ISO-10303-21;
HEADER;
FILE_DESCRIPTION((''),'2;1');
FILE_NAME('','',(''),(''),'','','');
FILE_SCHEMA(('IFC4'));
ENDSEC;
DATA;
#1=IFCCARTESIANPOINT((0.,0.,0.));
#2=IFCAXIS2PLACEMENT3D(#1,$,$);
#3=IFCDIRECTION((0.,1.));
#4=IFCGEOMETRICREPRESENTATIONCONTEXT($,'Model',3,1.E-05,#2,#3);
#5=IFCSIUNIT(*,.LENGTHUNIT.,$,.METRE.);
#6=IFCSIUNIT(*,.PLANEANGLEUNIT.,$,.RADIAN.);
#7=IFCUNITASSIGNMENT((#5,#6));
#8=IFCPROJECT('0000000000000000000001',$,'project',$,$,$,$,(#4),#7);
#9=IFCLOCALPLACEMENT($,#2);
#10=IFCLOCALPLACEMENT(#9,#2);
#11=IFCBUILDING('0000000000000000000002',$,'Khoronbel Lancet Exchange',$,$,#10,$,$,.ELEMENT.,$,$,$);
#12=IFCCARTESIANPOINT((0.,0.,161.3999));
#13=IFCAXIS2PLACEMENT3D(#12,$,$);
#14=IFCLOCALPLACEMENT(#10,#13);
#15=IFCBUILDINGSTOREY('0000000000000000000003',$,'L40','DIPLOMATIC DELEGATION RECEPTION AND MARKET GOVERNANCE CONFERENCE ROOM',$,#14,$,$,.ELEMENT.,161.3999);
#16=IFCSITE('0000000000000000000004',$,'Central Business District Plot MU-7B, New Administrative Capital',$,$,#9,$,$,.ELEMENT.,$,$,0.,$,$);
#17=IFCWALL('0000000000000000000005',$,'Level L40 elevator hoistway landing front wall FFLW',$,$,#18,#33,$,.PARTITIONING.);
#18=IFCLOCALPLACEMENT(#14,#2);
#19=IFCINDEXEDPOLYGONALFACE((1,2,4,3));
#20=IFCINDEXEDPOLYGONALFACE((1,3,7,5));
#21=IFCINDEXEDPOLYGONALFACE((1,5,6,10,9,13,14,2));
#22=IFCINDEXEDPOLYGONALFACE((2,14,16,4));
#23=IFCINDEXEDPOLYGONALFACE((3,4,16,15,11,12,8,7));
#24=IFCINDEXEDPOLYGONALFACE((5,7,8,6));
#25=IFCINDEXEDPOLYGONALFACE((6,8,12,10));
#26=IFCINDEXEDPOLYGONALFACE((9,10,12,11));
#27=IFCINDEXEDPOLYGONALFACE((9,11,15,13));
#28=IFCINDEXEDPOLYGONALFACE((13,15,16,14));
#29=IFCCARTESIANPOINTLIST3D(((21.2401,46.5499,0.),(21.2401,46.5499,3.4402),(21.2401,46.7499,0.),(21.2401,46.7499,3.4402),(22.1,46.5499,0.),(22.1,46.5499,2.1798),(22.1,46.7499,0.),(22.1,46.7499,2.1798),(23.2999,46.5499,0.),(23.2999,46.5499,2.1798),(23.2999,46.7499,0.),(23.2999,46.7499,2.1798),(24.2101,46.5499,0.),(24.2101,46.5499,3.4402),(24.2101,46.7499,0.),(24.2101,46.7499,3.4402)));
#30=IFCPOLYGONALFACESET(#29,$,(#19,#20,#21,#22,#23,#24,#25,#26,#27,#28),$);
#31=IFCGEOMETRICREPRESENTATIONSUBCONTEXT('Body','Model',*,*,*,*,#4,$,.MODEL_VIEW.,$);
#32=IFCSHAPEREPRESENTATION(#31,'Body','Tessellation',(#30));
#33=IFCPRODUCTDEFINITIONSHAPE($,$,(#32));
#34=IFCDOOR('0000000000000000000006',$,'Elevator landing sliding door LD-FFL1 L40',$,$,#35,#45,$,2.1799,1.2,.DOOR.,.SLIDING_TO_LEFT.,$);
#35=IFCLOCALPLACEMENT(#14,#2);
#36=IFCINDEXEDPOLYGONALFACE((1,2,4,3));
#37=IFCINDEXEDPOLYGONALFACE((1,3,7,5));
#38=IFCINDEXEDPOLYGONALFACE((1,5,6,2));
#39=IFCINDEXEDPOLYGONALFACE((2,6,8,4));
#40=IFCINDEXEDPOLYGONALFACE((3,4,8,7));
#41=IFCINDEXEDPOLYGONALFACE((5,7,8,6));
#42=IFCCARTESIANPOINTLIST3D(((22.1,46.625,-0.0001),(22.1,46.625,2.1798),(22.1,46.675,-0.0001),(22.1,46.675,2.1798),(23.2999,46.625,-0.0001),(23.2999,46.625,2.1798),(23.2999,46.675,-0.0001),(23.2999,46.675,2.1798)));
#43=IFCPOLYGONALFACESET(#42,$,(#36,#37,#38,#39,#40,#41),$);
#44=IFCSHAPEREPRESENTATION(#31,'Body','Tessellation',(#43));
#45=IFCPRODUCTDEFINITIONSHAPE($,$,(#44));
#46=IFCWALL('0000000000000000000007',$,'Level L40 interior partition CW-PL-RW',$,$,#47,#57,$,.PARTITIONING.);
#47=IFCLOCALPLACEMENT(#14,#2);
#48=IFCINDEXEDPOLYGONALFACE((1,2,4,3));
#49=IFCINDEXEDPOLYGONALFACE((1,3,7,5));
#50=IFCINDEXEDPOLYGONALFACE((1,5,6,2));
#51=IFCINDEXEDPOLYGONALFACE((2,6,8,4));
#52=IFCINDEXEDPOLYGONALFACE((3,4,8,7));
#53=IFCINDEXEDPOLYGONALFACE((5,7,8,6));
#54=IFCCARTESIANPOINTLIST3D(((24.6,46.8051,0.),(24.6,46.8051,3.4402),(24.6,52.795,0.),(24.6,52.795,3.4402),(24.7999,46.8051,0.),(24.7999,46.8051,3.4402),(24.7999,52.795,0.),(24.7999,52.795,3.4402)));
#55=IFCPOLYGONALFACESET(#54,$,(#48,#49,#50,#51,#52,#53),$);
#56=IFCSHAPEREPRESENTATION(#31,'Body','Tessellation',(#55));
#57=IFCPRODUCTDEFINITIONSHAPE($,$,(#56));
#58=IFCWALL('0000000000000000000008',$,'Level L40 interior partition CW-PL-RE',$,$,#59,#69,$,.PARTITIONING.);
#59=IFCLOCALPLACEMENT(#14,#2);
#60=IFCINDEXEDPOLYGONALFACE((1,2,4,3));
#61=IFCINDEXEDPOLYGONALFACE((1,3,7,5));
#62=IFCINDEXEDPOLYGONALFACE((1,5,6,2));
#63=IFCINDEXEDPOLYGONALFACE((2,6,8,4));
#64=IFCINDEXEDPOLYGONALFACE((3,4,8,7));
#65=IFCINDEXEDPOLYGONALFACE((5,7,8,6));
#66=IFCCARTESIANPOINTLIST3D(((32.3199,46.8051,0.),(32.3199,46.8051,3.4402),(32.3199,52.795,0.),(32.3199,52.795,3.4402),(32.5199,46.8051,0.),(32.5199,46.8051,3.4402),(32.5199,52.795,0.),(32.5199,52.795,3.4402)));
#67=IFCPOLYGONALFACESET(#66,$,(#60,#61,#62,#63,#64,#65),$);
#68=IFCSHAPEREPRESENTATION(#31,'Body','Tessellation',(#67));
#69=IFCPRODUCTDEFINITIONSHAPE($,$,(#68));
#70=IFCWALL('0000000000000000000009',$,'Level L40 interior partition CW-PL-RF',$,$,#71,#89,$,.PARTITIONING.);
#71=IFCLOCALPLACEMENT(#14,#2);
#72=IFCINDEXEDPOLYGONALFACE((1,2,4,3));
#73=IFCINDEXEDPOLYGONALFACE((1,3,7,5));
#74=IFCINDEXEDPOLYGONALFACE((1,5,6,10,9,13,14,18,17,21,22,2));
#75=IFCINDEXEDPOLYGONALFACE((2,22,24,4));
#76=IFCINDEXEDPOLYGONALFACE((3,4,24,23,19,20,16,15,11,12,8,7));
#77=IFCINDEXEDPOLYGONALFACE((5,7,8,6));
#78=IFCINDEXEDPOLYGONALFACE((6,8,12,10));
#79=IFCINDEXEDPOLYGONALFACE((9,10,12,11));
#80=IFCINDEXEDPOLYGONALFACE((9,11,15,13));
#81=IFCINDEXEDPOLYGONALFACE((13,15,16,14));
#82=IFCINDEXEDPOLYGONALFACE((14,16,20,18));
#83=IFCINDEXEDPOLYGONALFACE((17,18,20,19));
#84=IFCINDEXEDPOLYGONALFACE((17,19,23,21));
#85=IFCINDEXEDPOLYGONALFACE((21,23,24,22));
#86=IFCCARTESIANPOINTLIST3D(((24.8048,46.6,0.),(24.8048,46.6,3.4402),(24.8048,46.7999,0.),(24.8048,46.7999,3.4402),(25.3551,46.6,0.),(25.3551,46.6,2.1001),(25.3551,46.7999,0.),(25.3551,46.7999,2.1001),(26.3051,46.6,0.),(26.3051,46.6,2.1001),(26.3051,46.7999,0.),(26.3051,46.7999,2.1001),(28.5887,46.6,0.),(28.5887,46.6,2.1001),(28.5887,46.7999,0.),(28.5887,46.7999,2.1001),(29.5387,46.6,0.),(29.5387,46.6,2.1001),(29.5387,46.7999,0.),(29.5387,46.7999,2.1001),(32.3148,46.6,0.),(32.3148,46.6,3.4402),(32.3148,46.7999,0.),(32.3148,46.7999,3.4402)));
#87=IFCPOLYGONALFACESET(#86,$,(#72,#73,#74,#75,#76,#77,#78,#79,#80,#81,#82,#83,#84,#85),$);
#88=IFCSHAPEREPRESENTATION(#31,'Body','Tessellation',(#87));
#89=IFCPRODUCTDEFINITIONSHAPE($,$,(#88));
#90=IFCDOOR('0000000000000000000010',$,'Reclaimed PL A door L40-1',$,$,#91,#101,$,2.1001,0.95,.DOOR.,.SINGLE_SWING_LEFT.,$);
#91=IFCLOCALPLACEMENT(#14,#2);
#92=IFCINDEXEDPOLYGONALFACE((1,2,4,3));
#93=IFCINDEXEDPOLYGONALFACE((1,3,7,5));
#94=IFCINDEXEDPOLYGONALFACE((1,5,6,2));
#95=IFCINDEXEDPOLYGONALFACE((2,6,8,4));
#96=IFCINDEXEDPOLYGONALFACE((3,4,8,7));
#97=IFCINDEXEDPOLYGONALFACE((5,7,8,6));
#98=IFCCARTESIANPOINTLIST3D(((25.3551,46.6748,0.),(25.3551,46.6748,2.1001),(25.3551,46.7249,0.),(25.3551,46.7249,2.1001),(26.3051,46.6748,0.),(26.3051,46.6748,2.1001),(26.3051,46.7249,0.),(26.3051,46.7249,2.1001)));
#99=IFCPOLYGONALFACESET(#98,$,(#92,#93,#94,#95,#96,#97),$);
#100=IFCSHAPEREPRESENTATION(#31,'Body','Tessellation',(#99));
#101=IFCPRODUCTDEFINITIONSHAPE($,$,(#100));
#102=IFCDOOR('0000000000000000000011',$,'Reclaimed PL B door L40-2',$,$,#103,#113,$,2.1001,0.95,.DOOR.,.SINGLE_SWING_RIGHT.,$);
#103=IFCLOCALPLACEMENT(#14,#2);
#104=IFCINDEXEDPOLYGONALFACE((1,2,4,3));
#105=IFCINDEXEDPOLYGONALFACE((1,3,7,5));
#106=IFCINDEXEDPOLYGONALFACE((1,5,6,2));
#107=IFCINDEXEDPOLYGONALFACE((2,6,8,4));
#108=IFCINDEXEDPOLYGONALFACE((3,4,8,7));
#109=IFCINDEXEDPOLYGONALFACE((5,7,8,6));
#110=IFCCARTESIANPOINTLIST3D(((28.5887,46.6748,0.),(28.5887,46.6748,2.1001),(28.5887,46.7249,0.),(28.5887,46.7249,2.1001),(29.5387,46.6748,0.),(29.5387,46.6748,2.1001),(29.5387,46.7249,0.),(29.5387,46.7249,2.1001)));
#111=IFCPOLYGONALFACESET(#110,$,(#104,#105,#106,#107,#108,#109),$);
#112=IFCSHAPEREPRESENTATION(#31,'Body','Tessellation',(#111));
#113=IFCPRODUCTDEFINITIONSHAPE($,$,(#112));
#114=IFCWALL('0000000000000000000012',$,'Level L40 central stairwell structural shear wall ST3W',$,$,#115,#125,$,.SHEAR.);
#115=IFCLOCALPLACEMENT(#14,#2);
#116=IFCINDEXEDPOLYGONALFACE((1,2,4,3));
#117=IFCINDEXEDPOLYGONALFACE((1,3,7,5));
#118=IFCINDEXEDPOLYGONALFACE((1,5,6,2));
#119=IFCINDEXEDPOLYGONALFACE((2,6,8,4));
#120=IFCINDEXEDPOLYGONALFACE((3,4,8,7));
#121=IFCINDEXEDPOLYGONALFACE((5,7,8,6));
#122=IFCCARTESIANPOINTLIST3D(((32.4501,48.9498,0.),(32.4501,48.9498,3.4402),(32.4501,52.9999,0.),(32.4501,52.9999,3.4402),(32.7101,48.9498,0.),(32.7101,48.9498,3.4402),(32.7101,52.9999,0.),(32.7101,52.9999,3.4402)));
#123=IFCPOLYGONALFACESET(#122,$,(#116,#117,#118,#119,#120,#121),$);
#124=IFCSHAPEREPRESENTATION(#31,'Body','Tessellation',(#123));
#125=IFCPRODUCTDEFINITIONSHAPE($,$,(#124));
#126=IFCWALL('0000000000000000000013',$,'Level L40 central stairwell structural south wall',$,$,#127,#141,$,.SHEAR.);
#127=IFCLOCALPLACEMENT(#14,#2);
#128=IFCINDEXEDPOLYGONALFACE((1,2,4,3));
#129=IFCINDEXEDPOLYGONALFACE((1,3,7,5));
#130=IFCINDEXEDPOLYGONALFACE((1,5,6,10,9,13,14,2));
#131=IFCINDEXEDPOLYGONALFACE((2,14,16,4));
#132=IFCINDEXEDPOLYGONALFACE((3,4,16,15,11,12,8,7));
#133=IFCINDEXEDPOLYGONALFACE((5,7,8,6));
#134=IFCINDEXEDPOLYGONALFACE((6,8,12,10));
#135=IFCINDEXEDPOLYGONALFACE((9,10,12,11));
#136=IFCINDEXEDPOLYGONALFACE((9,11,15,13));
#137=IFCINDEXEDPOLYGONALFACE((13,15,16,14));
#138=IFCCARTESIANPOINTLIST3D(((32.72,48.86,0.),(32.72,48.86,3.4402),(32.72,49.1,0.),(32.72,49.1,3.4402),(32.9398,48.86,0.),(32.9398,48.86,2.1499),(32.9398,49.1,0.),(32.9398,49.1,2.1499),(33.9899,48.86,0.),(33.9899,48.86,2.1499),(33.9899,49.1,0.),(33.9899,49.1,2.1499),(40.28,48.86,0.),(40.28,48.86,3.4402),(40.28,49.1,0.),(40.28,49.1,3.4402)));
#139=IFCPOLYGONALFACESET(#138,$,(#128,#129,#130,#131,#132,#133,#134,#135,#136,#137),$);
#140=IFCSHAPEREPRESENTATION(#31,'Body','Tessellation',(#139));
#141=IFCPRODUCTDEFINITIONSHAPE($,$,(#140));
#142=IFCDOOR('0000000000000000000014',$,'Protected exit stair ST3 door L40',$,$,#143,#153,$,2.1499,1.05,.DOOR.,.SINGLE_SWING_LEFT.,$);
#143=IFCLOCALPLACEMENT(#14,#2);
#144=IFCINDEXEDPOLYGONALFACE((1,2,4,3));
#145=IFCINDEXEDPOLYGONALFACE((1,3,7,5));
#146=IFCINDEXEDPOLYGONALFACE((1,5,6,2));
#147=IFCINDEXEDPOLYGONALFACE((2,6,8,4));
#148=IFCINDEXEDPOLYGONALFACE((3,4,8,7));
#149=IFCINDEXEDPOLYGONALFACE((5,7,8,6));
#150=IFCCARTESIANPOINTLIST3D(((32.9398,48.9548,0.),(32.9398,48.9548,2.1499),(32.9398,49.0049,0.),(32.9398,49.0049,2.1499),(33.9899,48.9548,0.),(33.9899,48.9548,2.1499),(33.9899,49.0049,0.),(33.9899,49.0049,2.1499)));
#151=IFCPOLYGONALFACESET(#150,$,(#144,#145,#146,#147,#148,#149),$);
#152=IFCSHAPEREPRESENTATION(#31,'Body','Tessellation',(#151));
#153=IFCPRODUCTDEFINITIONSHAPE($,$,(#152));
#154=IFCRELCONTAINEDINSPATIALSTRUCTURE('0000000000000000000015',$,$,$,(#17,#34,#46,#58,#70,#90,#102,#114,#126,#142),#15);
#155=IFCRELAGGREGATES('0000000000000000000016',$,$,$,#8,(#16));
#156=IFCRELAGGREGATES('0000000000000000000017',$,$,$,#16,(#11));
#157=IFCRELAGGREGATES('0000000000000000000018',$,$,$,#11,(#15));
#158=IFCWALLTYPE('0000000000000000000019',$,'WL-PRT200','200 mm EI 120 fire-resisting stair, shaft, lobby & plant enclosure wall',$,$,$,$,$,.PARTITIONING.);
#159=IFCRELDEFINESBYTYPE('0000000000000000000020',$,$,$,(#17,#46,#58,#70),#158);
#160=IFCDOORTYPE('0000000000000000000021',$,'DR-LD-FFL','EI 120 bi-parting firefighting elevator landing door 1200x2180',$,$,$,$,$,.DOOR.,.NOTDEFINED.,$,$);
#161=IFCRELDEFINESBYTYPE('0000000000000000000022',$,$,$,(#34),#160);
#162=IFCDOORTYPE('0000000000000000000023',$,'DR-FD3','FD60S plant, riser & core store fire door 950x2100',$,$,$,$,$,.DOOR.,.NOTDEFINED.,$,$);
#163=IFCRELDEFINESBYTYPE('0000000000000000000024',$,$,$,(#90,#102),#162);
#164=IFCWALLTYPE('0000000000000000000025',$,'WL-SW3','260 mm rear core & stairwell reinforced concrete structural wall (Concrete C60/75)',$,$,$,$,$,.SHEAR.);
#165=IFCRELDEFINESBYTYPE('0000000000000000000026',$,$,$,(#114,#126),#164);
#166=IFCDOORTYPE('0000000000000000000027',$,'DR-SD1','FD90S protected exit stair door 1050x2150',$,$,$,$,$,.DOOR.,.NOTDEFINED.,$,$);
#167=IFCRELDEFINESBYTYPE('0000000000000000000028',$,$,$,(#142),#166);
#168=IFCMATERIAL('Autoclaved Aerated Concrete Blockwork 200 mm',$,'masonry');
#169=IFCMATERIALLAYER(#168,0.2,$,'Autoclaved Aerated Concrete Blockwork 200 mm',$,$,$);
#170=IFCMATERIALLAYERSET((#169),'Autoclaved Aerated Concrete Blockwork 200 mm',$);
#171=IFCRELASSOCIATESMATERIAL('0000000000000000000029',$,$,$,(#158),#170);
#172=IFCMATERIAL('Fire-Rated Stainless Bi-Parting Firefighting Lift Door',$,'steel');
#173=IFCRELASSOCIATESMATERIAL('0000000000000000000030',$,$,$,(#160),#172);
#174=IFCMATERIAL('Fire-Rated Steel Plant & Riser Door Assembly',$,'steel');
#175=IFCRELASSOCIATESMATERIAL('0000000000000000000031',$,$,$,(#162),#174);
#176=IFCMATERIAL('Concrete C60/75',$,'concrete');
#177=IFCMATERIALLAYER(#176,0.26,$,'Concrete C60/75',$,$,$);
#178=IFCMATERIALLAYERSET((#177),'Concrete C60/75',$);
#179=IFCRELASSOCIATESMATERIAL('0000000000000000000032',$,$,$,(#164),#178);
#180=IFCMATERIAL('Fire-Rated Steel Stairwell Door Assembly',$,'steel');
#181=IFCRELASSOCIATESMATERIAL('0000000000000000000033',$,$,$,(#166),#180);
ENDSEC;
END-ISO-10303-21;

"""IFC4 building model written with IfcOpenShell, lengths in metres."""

from ifc_helpers import new_model, si_unit, direction, frame, frame_2d, origin, place, context, subcontext, project, spatial, rectangle, extrude, material, layer, layer_set, type_object, element, fill, save


model = new_model("IFC4")

# Units and contexts
model_context = context("Model", 3, precision=1e-05, world=origin(), true_north=direction((0.0, 1.0)))
body_context = subcontext(model_context, "Body", "Model", "MODEL_VIEW")
ifc_project = project(units=[si_unit("LENGTHUNIT", "METRE"), si_unit("PLANEANGLEUNIT", "RADIAN")], contexts=[model_context])

# Site, building, storey
site_placement = place(None, origin())
site = spatial("IfcSite", under=ifc_project, at=site_placement, Name="Central Business District Plot MU-7B, New Administrative Capital", CompositionType="ELEMENT", RefElevation=0.0)
building_placement = place(site_placement, origin())
building = spatial("IfcBuilding", under=site, at=building_placement, Name="Khoronbel Lancet Exchange", CompositionType="ELEMENT")
storey_placement = place(building_placement, frame((0.0, 0.0, 161.3999)))
storey = spatial("IfcBuildingStorey", under=building, at=storey_placement, Name="L40", Description="DIPLOMATIC DELEGATION RECEPTION AND MARKET GOVERNANCE CONFERENCE ROOM", CompositionType="ELEMENT", Elevation=161.3999)

# Shared definitions
ifc_material_1 = material(Name="Autoclaved Aerated Concrete Blockwork 200 mm", Category="masonry")
ifc_layer_1 = layer(ifc_material_1, 0.2, Name="Autoclaved Aerated Concrete Blockwork 200 mm")
ifc_layer_set_1 = layer_set([ifc_layer_1], Name="Autoclaved Aerated Concrete Blockwork 200 mm")
wall_type_1 = type_object("IfcWallType", Name="WL-PRT200", Description="200 mm EI 120 fire-resisting stair, shaft, lobby & plant enclosure wall", PredefinedType="PARTITIONING", material=ifc_layer_set_1)

# Wall, opening, door
wall_1_placement = place(storey_placement, frame((24.21, 46.6499, 0.0), z_axis=(0.0, 0.0, 1.0), x_axis=(-1.0, 0.0, 0.0)))
wall_1 = element("IfcWall", 1, at=wall_1_placement, inside=storey, type_object=wall_type_1, Name="Level L40 elevator hoistway landing front wall FFLW", PredefinedType="PARTITIONING", context=body_context, shape_type="SweptSolid", body=[
    extrude(rectangle(XDim=2.97, YDim=0.2, at=frame_2d((1.4849, 0.0))), origin(), (0.0, 0.0, 1.0), 3.4402),
])
opening_1_placement = place(wall_1_placement, frame((0.9099, 0.0, 0.0)))
opening_1 = element("IfcOpeningElement", 2, at=opening_1_placement, cuts=wall_1, PredefinedType="OPENING", context=body_context, shape_type="SweptSolid", body=[
    extrude(rectangle(XDim=1.2, YDim=2.1799, at=frame_2d((0.6001, 1.0898))), frame((0.0, 0.1099, 0.0), z_axis=(0.0, -1.0, 0.0), x_axis=(1.0, 0.0, 0.0)), (0.0, 0.0, 1.0), 0.22),
])
ifc_material_2 = material(Name="Fire-Rated Stainless Bi-Parting Firefighting Lift Door", Category="steel")
door_type_1 = type_object("IfcDoorType", Name="DR-LD-FFL", Description="EI 120 bi-parting firefighting elevator landing door 1200x2180", OperationType="NOTDEFINED", PredefinedType="DOOR", material=ifc_material_2)
door_1_placement = place(opening_1_placement, origin())
door_1 = element("IfcDoor", 3, at=door_1_placement, inside=storey, type_object=door_type_1, Name="Elevator landing sliding door LD-FFL1 L40", OperationType="SLIDING_TO_LEFT", OverallHeight=2.1799, OverallWidth=1.2, PredefinedType="DOOR", context=body_context, shape_type="SweptSolid", body=[
    extrude(rectangle(XDim=1.2, YDim=2.1799, at=frame_2d((0.6001, 1.0898))), frame((0.0, 0.0249, 0.0), z_axis=(0.0, -1.0, 0.0), x_axis=(1.0, 0.0, 0.0)), (0.0, 0.0, 1.0), 0.05),
])
fill(opening_1, door_1)

# Walls
for number, where, z_axis, x_axis, name in (
    (4, (24.7, 46.8049, 0.0), (0.0, 0.0, 1.0), (0.0, 1.0, 0.0), "Level L40 interior partition CW-PL-RW"),
    (5, (32.4199, 46.8049, 0.0), (0.0, 0.0, 1.0), (0.0, 1.0, 0.0), "Level L40 interior partition CW-PL-RE"),
):
    element("IfcWall", number, at=place(storey_placement, frame(where, z_axis=z_axis, x_axis=x_axis)), inside=storey, type_object=wall_type_1, Name=name, PredefinedType="PARTITIONING", context=body_context, shape_type="SweptSolid", body=[
        extrude(rectangle(XDim=5.99, YDim=0.2, at=frame_2d((2.9951, 0.0))), origin(), (0.0, 0.0, 1.0), 3.4402),
    ])

# Wall, openings, doors
wall_2_placement = place(storey_placement, frame((24.8049, 46.7, 0.0), z_axis=(0.0, 0.0, 1.0), x_axis=(1.0, 0.0, 0.0)))
wall_2 = element("IfcWall", 6, at=wall_2_placement, inside=storey, type_object=wall_type_1, Name="Level L40 interior partition CW-PL-RF", PredefinedType="PARTITIONING", context=body_context, shape_type="SweptSolid", body=[
    extrude(rectangle(XDim=7.51, YDim=0.2, at=frame_2d((3.7549, 0.0))), origin(), (0.0, 0.0, 1.0), 3.4402),
])
opening_2_placement = place(wall_2_placement, frame((0.55, 0.0, 0.0)))
opening_2 = element("IfcOpeningElement", 7, at=opening_2_placement, cuts=wall_2, PredefinedType="OPENING", context=body_context, shape_type="SweptSolid", body=[
    extrude(rectangle(XDim=0.95, YDim=2.1001, at=frame_2d((0.4751, 1.05))), frame((0.0, 0.1099, 0.0), z_axis=(0.0, -1.0, 0.0), x_axis=(1.0, 0.0, 0.0)), (0.0, 0.0, 1.0), 0.22),
])
opening_3_placement = place(wall_2_placement, frame((3.7837, 0.0, 0.0)))
opening_3 = element("IfcOpeningElement", 8, at=opening_3_placement, cuts=wall_2, PredefinedType="OPENING", context=body_context, shape_type="SweptSolid", body=[
    extrude(rectangle(XDim=0.95, YDim=2.1001, at=frame_2d((0.4751, 1.05))), frame((0.0, 0.1099, 0.0), z_axis=(0.0, -1.0, 0.0), x_axis=(1.0, 0.0, 0.0)), (0.0, 0.0, 1.0), 0.22),
])
ifc_material_3 = material(Name="Fire-Rated Steel Plant & Riser Door Assembly", Category="steel")
door_type_2 = type_object("IfcDoorType", Name="DR-FD3", Description="FD60S plant, riser & core store fire door 950x2100", OperationType="NOTDEFINED", PredefinedType="DOOR", material=ifc_material_3)
door_2_placement = place(opening_2_placement, origin())
door_2 = element("IfcDoor", 9, at=door_2_placement, inside=storey, type_object=door_type_2, Name="Reclaimed PL A door L40-1", OperationType="SINGLE_SWING_LEFT", OverallHeight=2.1001, OverallWidth=0.95, PredefinedType="DOOR", context=body_context, shape_type="SweptSolid", body=[
    extrude(rectangle(XDim=0.95, YDim=2.1001, at=frame_2d((0.4751, 1.05))), frame((0.0, 0.0249, 0.0), z_axis=(0.0, -1.0, 0.0), x_axis=(1.0, 0.0, 0.0)), (0.0, 0.0, 1.0), 0.05),
])
fill(opening_2, door_2)
door_3_placement = place(opening_3_placement, origin())
door_3 = element("IfcDoor", 10, at=door_3_placement, inside=storey, type_object=door_type_2, Name="Reclaimed PL B door L40-2", OperationType="SINGLE_SWING_RIGHT", OverallHeight=2.1001, OverallWidth=0.95, PredefinedType="DOOR", context=body_context, shape_type="SweptSolid", body=[
    extrude(rectangle(XDim=0.95, YDim=2.1001, at=frame_2d((0.4751, 1.05))), frame((0.0, 0.0249, 0.0), z_axis=(0.0, -1.0, 0.0), x_axis=(1.0, 0.0, 0.0)), (0.0, 0.0, 1.0), 0.05),
])
fill(opening_3, door_3)

# Wall
ifc_material_4 = material(Name="Concrete C60/75", Category="concrete")
ifc_layer_2 = layer(ifc_material_4, 0.26, Name="Concrete C60/75")
ifc_layer_set_2 = layer_set([ifc_layer_2], Name="Concrete C60/75")
wall_type_2 = type_object("IfcWallType", Name="WL-SW3", Description="260 mm rear core & stairwell reinforced concrete structural wall (Concrete C60/75)", PredefinedType="SHEAR", material=ifc_layer_set_2)
wall_3_placement = place(storey_placement, frame((32.5801, 48.95, 0.0), z_axis=(0.0, 0.0, 1.0), x_axis=(0.0, 1.0, 0.0)))
element("IfcWall", 11, at=wall_3_placement, inside=storey, type_object=wall_type_2, Name="Level L40 central stairwell structural shear wall ST3W", PredefinedType="SHEAR", context=body_context, shape_type="SweptSolid", body=[
    extrude(rectangle(XDim=4.05, YDim=0.26, at=frame_2d((2.0249, 0.0))), origin(), (0.0, 0.0, 1.0), 3.4402),
])

# Wall, opening, door
wall_4_placement = place(storey_placement, frame((32.72, 48.98, 0.0), z_axis=(0.0, 0.0, 1.0), x_axis=(1.0, 0.0, 0.0)))
wall_4 = element("IfcWall", 12, at=wall_4_placement, inside=storey, type_object=wall_type_2, Name="Level L40 central stairwell structural south wall", PredefinedType="SHEAR", context=body_context, shape_type="SweptSolid", body=[
    extrude(rectangle(XDim=7.5601, YDim=0.24, at=frame_2d((3.78, 0.0))), origin(), (0.0, 0.0, 1.0), 3.4402),
])
opening_4_placement = place(wall_4_placement, frame((0.22, 0.0, 0.0)))
opening_4 = element("IfcOpeningElement", 13, at=opening_4_placement, cuts=wall_4, PredefinedType="OPENING", context=body_context, shape_type="SweptSolid", body=[
    extrude(rectangle(XDim=1.05, YDim=2.1499, at=frame_2d((0.5249, 1.075))), frame((0.0, 0.1299, 0.0), z_axis=(0.0, -1.0, 0.0), x_axis=(1.0, 0.0, 0.0)), (0.0, 0.0, 1.0), 0.26),
])
ifc_material_5 = material(Name="Fire-Rated Steel Stairwell Door Assembly", Category="steel")
door_type_3 = type_object("IfcDoorType", Name="DR-SD1", Description="FD90S protected exit stair door 1050x2150", OperationType="NOTDEFINED", PredefinedType="DOOR", material=ifc_material_5)
door_4_placement = place(opening_4_placement, origin())
door_4 = element("IfcDoor", 14, at=door_4_placement, inside=storey, type_object=door_type_3, Name="Protected exit stair ST3 door L40", OperationType="SINGLE_SWING_LEFT", OverallHeight=2.1499, OverallWidth=1.05, PredefinedType="DOOR", context=body_context, shape_type="SweptSolid", body=[
    extrude(rectangle(XDim=1.05, YDim=2.1499, at=frame_2d((0.5249, 1.075))), frame((0.0, 0.0249, 0.0), z_axis=(0.0, -1.0, 0.0), x_axis=(1.0, 0.0, 0.0)), (0.0, 0.0, 1.0), 0.05),
])
fill(opening_4, door_4)

save(model, "model.ifc")
